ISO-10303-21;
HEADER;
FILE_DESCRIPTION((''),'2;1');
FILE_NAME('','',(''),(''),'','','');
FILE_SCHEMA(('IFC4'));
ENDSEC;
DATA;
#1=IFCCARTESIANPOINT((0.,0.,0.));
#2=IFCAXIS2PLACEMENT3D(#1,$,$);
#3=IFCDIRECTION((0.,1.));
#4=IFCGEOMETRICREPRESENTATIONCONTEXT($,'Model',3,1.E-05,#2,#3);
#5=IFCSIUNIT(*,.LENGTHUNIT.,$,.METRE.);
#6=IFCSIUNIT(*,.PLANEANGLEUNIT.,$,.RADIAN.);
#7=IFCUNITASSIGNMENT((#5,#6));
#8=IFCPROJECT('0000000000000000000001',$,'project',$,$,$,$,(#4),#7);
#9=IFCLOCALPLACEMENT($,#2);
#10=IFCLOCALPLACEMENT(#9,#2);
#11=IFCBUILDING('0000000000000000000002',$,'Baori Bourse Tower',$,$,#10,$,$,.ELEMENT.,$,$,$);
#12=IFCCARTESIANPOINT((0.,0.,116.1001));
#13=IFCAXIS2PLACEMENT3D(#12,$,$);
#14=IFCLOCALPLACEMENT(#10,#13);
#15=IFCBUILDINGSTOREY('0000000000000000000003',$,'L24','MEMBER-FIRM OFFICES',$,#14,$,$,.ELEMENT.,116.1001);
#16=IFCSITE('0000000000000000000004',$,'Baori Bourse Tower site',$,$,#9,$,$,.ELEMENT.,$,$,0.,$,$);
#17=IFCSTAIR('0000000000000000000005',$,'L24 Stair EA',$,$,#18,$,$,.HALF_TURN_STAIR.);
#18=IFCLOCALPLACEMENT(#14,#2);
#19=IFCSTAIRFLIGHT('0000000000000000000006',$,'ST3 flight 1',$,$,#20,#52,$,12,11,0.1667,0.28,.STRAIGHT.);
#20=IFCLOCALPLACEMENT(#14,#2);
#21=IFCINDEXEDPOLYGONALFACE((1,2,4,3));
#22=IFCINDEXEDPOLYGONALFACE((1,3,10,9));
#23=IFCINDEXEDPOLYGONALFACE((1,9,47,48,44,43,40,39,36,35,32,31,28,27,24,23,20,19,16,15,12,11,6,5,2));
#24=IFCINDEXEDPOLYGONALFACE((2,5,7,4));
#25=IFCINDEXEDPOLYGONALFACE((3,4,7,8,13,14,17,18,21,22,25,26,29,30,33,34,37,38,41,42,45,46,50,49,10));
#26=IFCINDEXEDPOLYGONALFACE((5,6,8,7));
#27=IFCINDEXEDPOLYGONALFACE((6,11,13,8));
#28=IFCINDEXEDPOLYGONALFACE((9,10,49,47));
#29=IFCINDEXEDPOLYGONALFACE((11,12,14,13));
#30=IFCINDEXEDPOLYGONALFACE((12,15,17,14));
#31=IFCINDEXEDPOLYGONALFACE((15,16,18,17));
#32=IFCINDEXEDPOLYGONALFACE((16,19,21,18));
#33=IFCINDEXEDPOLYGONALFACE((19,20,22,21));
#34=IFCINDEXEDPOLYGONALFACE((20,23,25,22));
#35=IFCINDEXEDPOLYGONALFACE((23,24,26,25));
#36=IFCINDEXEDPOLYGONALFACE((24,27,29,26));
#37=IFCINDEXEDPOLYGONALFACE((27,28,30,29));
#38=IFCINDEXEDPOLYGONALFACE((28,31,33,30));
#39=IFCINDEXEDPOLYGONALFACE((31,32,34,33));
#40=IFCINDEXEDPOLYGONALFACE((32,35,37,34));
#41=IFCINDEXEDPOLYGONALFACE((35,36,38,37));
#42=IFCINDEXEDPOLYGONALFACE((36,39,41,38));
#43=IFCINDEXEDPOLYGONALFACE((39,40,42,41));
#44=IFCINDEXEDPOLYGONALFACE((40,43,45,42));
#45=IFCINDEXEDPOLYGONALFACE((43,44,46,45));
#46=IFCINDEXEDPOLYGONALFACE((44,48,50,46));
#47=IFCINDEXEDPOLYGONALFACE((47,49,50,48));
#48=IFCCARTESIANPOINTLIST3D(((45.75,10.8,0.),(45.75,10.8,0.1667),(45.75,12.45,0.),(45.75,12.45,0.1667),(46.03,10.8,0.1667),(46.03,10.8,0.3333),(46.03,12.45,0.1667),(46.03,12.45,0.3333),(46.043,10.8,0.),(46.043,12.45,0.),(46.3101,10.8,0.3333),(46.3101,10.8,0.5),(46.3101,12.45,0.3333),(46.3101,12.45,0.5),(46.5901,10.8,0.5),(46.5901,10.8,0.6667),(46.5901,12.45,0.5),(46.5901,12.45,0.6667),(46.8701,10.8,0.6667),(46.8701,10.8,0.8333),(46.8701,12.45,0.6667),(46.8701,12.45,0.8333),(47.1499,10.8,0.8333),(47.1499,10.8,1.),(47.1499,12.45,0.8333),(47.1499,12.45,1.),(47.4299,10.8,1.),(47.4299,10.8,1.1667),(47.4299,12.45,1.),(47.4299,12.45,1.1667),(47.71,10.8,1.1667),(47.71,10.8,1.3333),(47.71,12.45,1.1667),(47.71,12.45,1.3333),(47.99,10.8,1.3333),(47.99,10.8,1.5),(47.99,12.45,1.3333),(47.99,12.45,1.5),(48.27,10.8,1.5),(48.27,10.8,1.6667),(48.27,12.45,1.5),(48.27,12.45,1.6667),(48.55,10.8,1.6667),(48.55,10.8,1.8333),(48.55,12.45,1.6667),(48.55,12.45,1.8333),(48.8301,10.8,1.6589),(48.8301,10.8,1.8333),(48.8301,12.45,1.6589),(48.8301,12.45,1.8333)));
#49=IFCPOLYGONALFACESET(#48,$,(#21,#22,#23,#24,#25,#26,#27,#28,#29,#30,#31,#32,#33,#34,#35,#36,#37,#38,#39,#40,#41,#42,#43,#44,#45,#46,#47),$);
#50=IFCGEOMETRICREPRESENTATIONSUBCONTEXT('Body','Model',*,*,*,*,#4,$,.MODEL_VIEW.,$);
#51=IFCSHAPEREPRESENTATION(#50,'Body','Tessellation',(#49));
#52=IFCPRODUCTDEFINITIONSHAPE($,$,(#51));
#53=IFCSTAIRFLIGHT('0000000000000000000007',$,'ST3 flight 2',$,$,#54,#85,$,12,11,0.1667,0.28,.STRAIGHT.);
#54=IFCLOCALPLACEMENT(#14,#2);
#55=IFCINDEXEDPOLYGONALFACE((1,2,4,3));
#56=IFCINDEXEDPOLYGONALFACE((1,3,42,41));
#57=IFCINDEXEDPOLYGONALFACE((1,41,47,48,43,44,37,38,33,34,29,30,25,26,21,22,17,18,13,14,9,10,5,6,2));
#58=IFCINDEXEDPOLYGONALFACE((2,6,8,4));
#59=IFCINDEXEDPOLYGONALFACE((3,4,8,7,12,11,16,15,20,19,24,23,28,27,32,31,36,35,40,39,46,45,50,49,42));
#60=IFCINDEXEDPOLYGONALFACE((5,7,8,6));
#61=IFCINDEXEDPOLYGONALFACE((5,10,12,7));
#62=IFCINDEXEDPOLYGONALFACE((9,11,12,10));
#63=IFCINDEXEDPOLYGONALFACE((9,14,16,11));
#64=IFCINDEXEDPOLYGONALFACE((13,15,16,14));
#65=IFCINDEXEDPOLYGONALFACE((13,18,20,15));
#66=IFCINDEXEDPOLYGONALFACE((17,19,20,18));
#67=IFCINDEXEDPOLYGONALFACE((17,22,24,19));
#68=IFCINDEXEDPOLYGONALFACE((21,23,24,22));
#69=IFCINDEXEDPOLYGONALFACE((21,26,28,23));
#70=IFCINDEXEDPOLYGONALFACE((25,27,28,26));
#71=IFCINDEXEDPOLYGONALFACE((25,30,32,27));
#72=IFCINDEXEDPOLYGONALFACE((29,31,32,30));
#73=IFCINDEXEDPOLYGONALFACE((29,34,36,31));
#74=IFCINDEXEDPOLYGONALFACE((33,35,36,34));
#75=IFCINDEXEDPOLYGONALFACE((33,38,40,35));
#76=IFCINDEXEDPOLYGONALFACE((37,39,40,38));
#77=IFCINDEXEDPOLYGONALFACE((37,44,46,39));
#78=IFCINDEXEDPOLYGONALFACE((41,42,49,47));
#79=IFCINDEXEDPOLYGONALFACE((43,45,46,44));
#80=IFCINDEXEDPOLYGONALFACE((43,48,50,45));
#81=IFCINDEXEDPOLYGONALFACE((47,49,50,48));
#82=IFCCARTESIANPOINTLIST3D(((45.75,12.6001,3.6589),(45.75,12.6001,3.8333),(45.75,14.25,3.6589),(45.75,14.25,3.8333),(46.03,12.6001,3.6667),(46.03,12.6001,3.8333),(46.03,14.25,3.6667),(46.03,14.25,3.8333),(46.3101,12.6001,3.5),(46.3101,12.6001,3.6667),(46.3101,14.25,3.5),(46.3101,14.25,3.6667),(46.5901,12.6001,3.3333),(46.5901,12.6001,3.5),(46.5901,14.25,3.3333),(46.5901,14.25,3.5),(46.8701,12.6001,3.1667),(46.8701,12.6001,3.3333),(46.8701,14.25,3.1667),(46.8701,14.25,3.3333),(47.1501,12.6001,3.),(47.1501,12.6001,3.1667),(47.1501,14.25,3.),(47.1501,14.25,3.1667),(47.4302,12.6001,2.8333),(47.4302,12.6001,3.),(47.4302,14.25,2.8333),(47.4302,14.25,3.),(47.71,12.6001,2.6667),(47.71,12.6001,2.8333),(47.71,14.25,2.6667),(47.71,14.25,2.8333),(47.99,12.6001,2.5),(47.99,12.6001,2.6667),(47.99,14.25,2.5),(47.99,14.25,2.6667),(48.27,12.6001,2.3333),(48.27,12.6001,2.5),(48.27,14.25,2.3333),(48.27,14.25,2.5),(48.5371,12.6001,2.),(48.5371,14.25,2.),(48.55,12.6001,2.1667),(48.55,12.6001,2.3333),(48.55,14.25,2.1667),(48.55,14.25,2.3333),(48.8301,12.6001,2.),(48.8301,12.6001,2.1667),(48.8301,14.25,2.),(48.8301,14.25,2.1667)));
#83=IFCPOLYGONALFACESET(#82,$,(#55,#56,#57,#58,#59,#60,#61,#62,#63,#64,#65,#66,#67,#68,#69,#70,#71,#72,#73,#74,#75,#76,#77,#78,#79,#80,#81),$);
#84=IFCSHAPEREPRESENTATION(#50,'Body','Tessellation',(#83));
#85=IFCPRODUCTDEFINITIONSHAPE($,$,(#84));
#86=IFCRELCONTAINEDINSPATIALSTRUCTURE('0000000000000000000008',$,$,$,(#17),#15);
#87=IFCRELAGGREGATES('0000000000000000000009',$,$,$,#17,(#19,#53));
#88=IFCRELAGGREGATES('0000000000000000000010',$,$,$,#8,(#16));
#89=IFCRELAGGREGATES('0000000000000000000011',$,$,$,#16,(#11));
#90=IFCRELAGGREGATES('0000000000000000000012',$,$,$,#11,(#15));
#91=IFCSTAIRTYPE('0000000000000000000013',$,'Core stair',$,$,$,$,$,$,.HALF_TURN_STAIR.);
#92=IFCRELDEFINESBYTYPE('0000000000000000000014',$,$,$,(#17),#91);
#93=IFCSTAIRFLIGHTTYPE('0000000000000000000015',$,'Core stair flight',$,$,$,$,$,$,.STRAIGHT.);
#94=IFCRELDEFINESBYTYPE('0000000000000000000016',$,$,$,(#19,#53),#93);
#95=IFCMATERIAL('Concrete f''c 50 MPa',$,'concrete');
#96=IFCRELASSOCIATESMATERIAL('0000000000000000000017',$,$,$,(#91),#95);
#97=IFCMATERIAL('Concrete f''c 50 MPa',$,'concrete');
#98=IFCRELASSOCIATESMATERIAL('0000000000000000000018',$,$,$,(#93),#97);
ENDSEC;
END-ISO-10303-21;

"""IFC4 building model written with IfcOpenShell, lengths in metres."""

from ifc_helpers import new_model, si_unit, direction, frame, origin, place, context, subcontext, project, spatial, polyline, outline, extrude, material, type_object, element, aggregate, save


model = new_model("IFC4")

# Units and contexts
model_context = context("Model", 3, precision=1e-05, world=origin(), true_north=direction((0.0, 1.0)))
body_context = subcontext(model_context, "Body", "Model", "MODEL_VIEW")
ifc_project = project(units=[si_unit("LENGTHUNIT", "METRE"), si_unit("PLANEANGLEUNIT", "RADIAN")], contexts=[model_context])

# Site, building, storey
site_placement = place(None, origin())
site = spatial("IfcSite", under=ifc_project, at=site_placement, Name="Baori Bourse Tower site", CompositionType="ELEMENT", RefElevation=0.0)
building_placement = place(site_placement, origin())
building = spatial("IfcBuilding", under=site, at=building_placement, Name="Baori Bourse Tower", CompositionType="ELEMENT")
storey_placement = place(building_placement, frame((0.0, 0.0, 116.1001)))
storey = spatial("IfcBuildingStorey", under=building, at=storey_placement, Name="L24", Description="MEMBER-FIRM OFFICES", CompositionType="ELEMENT", Elevation=116.1001)

# Stair, stair flights
ifc_material_1 = material(Name="Concrete f'c 50 MPa", Category="concrete")
stair_type = type_object("IfcStairType", Name="Core stair", PredefinedType="HALF_TURN_STAIR", material=ifc_material_1)
stair_placement = place(storey_placement, origin())
stair = element("IfcStair", 1, at=stair_placement, inside=storey, type_object=stair_type, Name="L24 Stair EA", PredefinedType="HALF_TURN_STAIR")
ifc_material_2 = material(Name="Concrete f'c 50 MPa", Category="concrete")
stair_flight_type = type_object("IfcStairFlightType", Name="Core stair flight", PredefinedType="STRAIGHT", material=ifc_material_2)
stair_flight_1_placement = place(storey_placement, frame((45.75, 11.625, 0.0), z_axis=(0.0, 0.0, 1.0), x_axis=(1.0, 0.0, 0.0)))
stair_flight_1 = element("IfcStairFlight", 2, at=stair_flight_1_placement, type_object=stair_flight_type, Name="ST3 flight 1", NumberOfRisers=12, NumberOfTreads=11, PredefinedType="STRAIGHT", RiserHeight=0.1667, TreadLength=0.28, context=body_context, shape_type="SweptSolid", body=[
    extrude(outline(polyline([(0.0, 0.0), (0.0, 0.1667), (0.28, 0.1667), (0.28, 0.3333), (0.5601, 0.3333), (0.5601, 0.5), (0.8401, 0.5), (0.8401, 0.6667), (1.1201, 0.6667), (1.1201, 0.8333), (1.3999, 0.8333), (1.3999, 1.0), (1.6799, 1.0), (1.6799, 1.1667), (1.96, 1.1667), (1.96, 1.3333), (2.24, 1.3333), (2.24, 1.5), (2.52, 1.5), (2.52, 1.6667), (2.8, 1.6667), (2.8, 1.8333), (3.0801, 1.8333), (3.0801, 2.0), (3.0801, 1.6589), (0.293, 0.0), (0.0, 0.0)])), frame((0.0, 0.825, 0.0), z_axis=(0.0, -1.0, 0.0), x_axis=(1.0, 0.0, 0.0)), (0.0, 0.0, 1.0), 1.6499),
])
stair_flight_2_placement = place(storey_placement, frame((48.8301, 13.425, 2.0), z_axis=(0.0, 0.0, 1.0), x_axis=(-1.0, 0.0, 0.0)))
stair_flight_2 = element("IfcStairFlight", 3, at=stair_flight_2_placement, type_object=stair_flight_type, Name="ST3 flight 2", NumberOfRisers=12, NumberOfTreads=11, PredefinedType="STRAIGHT", RiserHeight=0.1667, TreadLength=0.28, context=body_context, shape_type="SweptSolid", body=[
    extrude(outline(polyline([(0.0, 0.0), (0.0, 0.1667), (0.28, 0.1667), (0.28, 0.3333), (0.5601, 0.3333), (0.5601, 0.5), (0.8401, 0.5), (0.8401, 0.6667), (1.1201, 0.6667), (1.1201, 0.8333), (1.3999, 0.8333), (1.3999, 1.0), (1.6799, 1.0), (1.6799, 1.1667), (1.96, 1.1667), (1.96, 1.3333), (2.24, 1.3333), (2.24, 1.5), (2.52, 1.5), (2.52, 1.6667), (2.8, 1.6667), (2.8, 1.8333), (3.0801, 1.8333), (3.0801, 2.0), (3.0801, 1.6589), (0.293, 0.0), (0.0, 0.0)])), frame((0.0, 0.825, 0.0), z_axis=(0.0, -1.0, 0.0), x_axis=(1.0, 0.0, 0.0)), (0.0, 0.0, 1.0), 1.6499),
])
aggregate(stair, [stair_flight_1, stair_flight_2])

save(model, "model.ifc")
